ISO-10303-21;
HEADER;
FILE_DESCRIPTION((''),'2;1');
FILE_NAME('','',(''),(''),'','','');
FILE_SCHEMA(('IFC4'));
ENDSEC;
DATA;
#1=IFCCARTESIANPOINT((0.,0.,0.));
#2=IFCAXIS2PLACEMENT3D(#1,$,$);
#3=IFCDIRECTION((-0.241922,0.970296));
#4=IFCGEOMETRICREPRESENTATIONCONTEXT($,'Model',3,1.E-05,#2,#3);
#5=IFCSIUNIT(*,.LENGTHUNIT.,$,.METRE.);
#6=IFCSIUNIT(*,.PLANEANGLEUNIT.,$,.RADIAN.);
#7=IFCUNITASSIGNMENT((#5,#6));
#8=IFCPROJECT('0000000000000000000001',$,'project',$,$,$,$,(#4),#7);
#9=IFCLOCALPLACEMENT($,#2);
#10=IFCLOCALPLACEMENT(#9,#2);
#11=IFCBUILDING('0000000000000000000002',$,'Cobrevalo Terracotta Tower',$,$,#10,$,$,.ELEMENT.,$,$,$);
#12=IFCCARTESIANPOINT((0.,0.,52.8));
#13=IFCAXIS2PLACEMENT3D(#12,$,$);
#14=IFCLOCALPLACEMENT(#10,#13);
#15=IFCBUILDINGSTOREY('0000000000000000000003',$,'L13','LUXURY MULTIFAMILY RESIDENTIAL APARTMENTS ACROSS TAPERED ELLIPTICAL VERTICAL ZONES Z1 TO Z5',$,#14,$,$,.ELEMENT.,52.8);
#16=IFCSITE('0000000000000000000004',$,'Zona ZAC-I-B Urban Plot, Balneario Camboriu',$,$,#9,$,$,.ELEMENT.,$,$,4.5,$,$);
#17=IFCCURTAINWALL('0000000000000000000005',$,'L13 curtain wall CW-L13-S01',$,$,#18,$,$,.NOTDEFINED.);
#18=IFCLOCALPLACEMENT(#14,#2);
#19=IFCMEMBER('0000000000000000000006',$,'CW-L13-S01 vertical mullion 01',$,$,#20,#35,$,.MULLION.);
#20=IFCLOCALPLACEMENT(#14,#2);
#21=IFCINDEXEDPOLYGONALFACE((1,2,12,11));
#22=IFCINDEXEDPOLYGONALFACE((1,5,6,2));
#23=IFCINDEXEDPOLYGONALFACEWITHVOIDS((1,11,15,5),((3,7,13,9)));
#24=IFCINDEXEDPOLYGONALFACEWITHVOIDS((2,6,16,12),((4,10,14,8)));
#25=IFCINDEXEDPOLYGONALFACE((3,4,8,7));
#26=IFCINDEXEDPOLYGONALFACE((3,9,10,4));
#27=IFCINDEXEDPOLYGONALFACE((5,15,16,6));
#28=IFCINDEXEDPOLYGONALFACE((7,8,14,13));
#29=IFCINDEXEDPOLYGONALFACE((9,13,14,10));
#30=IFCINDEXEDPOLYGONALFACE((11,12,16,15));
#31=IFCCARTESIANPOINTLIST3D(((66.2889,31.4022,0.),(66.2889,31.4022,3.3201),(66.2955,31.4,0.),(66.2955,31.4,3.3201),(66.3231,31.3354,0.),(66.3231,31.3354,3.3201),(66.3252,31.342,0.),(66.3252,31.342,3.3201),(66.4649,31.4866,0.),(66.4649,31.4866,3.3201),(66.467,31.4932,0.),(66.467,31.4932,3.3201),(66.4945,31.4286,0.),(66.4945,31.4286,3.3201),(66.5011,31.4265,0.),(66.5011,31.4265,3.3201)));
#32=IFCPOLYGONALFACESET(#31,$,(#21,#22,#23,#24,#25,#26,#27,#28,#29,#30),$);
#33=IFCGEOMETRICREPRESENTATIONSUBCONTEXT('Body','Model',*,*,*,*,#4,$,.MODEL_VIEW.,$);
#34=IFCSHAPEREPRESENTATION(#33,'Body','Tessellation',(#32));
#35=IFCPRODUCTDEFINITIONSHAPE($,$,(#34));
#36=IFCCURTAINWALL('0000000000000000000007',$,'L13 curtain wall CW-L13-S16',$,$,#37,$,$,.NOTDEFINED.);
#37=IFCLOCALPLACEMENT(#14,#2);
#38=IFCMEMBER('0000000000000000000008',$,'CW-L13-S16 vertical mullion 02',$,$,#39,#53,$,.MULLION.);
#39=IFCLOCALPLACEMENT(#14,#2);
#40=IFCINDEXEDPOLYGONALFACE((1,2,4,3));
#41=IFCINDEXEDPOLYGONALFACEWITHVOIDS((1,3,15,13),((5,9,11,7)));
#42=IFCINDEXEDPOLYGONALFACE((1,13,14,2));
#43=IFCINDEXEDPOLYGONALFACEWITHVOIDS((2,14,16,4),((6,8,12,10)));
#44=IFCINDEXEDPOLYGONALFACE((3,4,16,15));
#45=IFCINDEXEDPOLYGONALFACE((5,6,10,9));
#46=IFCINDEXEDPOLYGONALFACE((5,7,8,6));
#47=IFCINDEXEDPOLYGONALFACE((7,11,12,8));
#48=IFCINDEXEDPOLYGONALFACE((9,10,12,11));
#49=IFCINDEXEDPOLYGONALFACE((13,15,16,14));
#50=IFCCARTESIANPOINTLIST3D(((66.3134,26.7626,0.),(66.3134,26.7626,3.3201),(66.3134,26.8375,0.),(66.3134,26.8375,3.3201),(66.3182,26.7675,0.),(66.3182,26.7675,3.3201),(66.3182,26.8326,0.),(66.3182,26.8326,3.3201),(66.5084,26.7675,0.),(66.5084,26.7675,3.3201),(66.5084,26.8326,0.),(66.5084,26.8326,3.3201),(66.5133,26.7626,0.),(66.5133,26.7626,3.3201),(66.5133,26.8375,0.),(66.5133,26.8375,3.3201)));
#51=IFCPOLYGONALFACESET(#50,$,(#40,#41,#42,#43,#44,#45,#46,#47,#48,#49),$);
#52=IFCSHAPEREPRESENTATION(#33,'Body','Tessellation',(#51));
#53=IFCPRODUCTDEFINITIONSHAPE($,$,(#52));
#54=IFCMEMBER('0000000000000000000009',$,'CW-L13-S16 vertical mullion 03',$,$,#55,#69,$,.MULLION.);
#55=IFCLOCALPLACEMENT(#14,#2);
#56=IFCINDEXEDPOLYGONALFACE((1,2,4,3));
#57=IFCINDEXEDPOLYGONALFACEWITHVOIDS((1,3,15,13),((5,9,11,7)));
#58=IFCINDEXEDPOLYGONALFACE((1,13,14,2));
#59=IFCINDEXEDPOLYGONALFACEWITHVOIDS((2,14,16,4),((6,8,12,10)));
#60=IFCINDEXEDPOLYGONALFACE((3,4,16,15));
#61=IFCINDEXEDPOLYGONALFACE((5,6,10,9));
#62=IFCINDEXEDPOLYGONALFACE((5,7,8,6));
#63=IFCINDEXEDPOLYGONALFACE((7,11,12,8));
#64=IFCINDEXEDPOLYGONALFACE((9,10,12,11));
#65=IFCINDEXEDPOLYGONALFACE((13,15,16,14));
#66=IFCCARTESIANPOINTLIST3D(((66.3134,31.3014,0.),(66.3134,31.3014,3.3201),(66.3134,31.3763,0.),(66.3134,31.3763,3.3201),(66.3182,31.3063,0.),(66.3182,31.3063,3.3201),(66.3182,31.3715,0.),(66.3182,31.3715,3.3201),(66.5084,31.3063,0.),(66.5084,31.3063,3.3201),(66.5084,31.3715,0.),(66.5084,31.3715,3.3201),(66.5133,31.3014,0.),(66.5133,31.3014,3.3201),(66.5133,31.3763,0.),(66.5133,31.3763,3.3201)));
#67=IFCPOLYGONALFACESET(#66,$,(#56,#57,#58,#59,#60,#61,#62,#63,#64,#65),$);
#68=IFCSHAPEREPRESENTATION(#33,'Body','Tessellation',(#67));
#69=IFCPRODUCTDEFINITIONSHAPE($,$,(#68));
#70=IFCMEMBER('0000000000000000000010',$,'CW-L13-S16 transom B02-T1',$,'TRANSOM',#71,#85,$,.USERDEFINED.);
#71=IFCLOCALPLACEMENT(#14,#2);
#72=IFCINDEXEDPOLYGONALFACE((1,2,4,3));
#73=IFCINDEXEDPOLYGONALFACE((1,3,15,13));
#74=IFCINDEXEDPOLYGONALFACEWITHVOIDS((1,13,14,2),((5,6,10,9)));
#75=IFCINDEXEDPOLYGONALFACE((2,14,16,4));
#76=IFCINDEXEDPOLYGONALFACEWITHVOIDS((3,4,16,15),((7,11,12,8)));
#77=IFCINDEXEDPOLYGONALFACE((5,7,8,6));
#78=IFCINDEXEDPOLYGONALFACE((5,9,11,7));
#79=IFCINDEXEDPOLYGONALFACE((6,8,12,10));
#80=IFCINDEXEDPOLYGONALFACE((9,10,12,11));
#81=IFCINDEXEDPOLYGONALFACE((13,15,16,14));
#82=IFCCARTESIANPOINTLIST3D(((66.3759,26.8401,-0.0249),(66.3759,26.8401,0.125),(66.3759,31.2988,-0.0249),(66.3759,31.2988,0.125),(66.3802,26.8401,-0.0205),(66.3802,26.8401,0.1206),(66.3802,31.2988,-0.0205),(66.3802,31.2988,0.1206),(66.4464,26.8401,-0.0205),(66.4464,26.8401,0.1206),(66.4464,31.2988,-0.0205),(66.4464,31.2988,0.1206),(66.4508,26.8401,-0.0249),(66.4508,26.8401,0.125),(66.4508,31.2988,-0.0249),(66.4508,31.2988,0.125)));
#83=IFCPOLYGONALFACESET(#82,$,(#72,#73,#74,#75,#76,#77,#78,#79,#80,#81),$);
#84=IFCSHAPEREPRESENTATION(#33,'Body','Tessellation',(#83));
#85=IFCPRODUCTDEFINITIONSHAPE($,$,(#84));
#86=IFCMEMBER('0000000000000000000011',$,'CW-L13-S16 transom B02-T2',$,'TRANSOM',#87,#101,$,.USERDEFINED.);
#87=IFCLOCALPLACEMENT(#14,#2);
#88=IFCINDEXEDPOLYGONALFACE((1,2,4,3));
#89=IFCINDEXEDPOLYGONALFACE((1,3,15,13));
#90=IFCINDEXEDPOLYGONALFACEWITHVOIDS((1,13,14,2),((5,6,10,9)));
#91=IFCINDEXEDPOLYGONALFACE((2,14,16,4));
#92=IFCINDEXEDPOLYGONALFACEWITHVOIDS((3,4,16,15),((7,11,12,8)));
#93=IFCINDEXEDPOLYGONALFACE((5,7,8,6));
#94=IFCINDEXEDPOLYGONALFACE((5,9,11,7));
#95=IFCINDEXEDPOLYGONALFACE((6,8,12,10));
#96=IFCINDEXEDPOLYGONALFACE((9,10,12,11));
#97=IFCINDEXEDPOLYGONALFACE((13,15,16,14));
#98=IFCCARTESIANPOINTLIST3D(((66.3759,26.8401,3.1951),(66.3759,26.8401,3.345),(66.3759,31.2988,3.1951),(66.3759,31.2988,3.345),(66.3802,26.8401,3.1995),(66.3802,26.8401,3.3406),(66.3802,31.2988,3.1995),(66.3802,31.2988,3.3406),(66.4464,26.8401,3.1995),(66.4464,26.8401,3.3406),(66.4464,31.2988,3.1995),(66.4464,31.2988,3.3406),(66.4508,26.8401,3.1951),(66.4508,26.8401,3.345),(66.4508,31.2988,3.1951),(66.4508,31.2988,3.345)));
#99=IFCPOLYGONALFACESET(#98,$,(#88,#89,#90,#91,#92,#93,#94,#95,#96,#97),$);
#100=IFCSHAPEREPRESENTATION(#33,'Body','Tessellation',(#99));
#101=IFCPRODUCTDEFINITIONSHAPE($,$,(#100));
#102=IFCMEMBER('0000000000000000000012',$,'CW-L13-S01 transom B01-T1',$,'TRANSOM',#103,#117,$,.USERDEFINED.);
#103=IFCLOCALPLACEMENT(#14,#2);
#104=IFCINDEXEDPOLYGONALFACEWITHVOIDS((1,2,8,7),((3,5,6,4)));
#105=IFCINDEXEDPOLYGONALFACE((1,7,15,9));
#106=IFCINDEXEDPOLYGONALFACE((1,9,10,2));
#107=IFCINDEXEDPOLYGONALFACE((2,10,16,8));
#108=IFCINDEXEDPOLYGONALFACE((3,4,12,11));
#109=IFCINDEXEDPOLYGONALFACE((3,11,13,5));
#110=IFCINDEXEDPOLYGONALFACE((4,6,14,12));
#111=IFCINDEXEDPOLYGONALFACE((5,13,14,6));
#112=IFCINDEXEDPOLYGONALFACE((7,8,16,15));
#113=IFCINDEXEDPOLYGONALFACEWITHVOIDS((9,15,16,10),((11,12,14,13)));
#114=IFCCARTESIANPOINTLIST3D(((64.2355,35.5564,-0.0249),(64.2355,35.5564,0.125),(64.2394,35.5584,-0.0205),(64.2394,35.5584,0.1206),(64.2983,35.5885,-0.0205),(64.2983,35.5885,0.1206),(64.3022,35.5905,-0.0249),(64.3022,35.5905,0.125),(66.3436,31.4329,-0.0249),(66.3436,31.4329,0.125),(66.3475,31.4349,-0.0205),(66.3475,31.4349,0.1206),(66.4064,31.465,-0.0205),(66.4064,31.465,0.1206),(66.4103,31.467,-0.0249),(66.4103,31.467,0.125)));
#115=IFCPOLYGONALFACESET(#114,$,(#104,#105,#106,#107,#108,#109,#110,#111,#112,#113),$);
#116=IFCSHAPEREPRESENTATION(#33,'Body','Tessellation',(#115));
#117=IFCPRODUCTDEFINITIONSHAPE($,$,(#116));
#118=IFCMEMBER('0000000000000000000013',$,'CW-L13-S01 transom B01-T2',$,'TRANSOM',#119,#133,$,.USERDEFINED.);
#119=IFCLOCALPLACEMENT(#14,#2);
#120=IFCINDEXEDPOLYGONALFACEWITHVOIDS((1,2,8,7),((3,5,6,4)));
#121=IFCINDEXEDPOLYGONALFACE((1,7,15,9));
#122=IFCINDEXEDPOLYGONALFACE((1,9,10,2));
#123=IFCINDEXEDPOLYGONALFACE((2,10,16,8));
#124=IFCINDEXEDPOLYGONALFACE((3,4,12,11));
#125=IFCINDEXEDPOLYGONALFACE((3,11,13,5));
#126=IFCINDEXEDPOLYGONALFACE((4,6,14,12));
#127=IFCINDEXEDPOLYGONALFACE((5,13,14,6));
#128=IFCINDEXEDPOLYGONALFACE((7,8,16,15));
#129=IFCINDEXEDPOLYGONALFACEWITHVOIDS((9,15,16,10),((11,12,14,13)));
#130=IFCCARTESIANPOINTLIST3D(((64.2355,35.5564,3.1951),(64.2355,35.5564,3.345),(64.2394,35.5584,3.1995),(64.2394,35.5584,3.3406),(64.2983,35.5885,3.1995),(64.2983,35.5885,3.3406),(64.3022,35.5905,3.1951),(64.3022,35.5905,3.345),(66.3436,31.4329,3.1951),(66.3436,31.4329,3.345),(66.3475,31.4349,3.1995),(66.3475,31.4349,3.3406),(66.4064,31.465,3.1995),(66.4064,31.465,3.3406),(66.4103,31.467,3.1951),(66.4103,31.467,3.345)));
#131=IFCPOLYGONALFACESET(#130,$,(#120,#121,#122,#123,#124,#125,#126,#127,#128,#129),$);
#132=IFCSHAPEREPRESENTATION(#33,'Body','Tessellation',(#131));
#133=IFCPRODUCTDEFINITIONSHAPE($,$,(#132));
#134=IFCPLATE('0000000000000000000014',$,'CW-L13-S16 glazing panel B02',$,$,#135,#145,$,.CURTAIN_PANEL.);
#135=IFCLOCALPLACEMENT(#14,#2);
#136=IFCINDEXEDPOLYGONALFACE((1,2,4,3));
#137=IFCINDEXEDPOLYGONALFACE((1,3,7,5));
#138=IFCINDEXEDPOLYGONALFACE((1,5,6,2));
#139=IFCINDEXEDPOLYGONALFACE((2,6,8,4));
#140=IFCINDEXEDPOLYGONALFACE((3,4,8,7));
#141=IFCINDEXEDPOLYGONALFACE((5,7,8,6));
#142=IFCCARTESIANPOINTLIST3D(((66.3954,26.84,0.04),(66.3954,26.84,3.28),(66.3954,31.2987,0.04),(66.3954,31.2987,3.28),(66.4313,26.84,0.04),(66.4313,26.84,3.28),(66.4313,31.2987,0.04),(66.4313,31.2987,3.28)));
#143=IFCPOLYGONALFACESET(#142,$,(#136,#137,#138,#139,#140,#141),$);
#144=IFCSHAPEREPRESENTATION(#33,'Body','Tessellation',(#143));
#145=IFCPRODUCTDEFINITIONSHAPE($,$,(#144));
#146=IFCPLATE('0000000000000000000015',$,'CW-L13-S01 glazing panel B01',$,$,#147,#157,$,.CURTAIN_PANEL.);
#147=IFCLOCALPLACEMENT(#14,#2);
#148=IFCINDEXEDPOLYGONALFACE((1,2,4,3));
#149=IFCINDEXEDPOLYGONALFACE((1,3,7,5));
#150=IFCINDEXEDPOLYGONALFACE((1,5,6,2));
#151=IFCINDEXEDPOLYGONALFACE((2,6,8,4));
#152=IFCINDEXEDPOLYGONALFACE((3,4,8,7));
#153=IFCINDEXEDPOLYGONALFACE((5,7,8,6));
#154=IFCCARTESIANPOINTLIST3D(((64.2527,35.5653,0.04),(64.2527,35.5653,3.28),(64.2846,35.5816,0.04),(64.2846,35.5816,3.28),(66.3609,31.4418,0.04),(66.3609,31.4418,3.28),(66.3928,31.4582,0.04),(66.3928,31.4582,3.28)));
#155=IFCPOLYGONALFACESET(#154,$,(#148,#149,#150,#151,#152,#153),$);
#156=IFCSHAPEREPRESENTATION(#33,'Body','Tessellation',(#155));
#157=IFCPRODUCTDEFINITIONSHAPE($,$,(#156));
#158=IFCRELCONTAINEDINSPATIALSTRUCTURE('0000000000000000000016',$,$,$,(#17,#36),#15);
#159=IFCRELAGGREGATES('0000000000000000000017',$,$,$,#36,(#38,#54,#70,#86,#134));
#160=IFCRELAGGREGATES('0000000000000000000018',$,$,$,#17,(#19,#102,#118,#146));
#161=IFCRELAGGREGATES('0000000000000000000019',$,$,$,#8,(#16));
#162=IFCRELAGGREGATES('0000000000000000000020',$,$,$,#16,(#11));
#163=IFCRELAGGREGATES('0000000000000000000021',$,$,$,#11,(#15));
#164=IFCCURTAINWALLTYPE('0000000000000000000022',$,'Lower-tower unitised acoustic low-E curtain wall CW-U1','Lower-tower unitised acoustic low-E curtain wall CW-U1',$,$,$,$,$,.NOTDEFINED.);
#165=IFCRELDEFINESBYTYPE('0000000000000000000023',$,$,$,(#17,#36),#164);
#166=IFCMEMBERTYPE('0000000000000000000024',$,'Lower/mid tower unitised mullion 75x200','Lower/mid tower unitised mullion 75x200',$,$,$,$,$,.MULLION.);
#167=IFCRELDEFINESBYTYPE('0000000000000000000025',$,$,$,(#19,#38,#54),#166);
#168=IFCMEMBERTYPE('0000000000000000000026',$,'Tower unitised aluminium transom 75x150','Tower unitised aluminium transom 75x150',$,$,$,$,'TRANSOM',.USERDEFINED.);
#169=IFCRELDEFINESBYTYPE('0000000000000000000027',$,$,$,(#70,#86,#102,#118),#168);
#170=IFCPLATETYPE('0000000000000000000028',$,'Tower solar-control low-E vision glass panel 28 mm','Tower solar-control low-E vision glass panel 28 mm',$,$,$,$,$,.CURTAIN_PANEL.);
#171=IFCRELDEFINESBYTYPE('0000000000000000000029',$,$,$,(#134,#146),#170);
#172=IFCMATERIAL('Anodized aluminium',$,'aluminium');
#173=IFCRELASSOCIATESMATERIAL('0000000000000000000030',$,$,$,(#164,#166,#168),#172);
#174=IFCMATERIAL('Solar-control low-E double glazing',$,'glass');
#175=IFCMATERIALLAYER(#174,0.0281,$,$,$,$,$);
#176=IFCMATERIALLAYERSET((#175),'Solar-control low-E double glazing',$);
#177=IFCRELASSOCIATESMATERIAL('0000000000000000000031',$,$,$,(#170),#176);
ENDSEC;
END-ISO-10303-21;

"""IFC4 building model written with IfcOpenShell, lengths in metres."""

from ifc_helpers import new_model, si_unit, direction, frame, origin, origin_2d, place, context, subcontext, project, spatial, rectangle, hollow_rectangle, extrude, source, transform, mapped, material, layer, layer_set, material_profile, profile_set, type_object, element, aggregate, save


model = new_model("IFC4")

# Units and contexts
model_context = context("Model", 3, precision=1e-05, world=origin(), true_north=direction((-0.241922, 0.970296)))
body_context = subcontext(model_context, "Body", "Model", "MODEL_VIEW")
ifc_project = project(units=[si_unit("LENGTHUNIT", "METRE"), si_unit("PLANEANGLEUNIT", "RADIAN")], contexts=[model_context])

# Site, building, storey
site_placement = place(None, origin())
site = spatial("IfcSite", under=ifc_project, at=site_placement, Name="Zona ZAC-I-B Urban Plot, Balneario Camboriu", CompositionType="ELEMENT", RefElevation=4.5)
building_placement = place(site_placement, origin())
building = spatial("IfcBuilding", under=site, at=building_placement, Name="Cobrevalo Terracotta Tower", CompositionType="ELEMENT")
storey_placement = place(building_placement, frame((0.0, 0.0, 52.8)))
storey = spatial("IfcBuildingStorey", under=building, at=storey_placement, Name="L13", Description="LUXURY MULTIFAMILY RESIDENTIAL APARTMENTS ACROSS TAPERED ELLIPTICAL VERTICAL ZONES Z1 TO Z5", CompositionType="ELEMENT", Elevation=52.8)

# Curtain wall, member
ifc_material_1 = material(Name="Anodized aluminium", Category="aluminium")
curtain_wall_type = type_object("IfcCurtainWallType", Name="Lower-tower unitised acoustic low-E curtain wall CW-U1", Description="Lower-tower unitised acoustic low-E curtain wall CW-U1", PredefinedType="NOTDEFINED", material=ifc_material_1)
curtain_wall_1_placement = place(storey_placement, origin())
curtain_wall_1 = element("IfcCurtainWall", 1, at=curtain_wall_1_placement, inside=storey, type_object=curtain_wall_type, Name="L13 curtain wall CW-L13-S01", PredefinedType="NOTDEFINED")
ifc_material_profile_1 = material_profile(ifc_material_1, hollow_rectangle(XDim=0.075, YDim=0.2, WallThickness=0.0049, at=origin_2d()), Name="CWM 75x200")
ifc_profile_set_1 = profile_set([ifc_material_profile_1], Name="Anodized aluminium")
member_type_1 = type_object("IfcMemberType", Name="Lower/mid tower unitised mullion 75x200", Description="Lower/mid tower unitised mullion 75x200", PredefinedType="MULLION", material=ifc_profile_set_1)
shared_shape_1 = source(origin(), body_context, "Body", "SweptSolid", [
    extrude(hollow_rectangle(XDim=0.075, YDim=0.2, WallThickness=0.0049, at=origin_2d()), origin(), (0.0, 0.0, 1.0), 3.3201),
])
member_1_placement = place(storey_placement, frame((66.395, 31.4143, 0.0), z_axis=(0.0, 0.0, 1.0), x_axis=(-0.455234, 0.890372, 0.0)))
member_1 = element("IfcMember", 2, at=member_1_placement, type_object=member_type_1, Name="CW-L13-S01 vertical mullion 01", PredefinedType="MULLION", context=body_context, shape_type="MappedRepresentation", body=[
    mapped(shared_shape_1, transform((0.0, 0.0, 0.0), scale=1.0)),
])

# Curtain wall, members
curtain_wall_2_placement = place(storey_placement, origin())
curtain_wall_2 = element("IfcCurtainWall", 3, at=curtain_wall_2_placement, inside=storey, type_object=curtain_wall_type, Name="L13 curtain wall CW-L13-S16", PredefinedType="NOTDEFINED")
member_2_placement = place(storey_placement, frame((66.4133, 26.8, 0.0), z_axis=(0.0, 0.0, 1.0), x_axis=(0.0, 1.0, 0.0)))
member_2 = element("IfcMember", 4, at=member_2_placement, type_object=member_type_1, Name="CW-L13-S16 vertical mullion 02", PredefinedType="MULLION", context=body_context, shape_type="MappedRepresentation", body=[
    mapped(shared_shape_1, transform((0.0, 0.0, 0.0), scale=1.0)),
])
member_3_placement = place(storey_placement, frame((66.4133, 31.3389, 0.0), z_axis=(0.0, 0.0, 1.0), x_axis=(0.0, 1.0, 0.0)))
member_3 = element("IfcMember", 5, at=member_3_placement, type_object=member_type_1, Name="CW-L13-S16 vertical mullion 03", PredefinedType="MULLION", context=body_context, shape_type="MappedRepresentation", body=[
    mapped(shared_shape_1, transform((0.0, 0.0, 0.0), scale=1.0)),
])
ifc_material_profile_2 = material_profile(ifc_material_1, hollow_rectangle(XDim=0.075, YDim=0.1499, WallThickness=0.0044, at=origin_2d()), Name="CWT 75x150")
ifc_profile_set_2 = profile_set([ifc_material_profile_2], Name="Anodized aluminium")
member_type_2 = type_object("IfcMemberType", Name="Tower unitised aluminium transom 75x150", Description="Tower unitised aluminium transom 75x150", ElementType="TRANSOM", PredefinedType="USERDEFINED", material=ifc_profile_set_2)
shared_shape_2 = source(origin(), body_context, "Body", "SweptSolid", [
    extrude(hollow_rectangle(XDim=0.075, YDim=0.1499, WallThickness=0.0044, at=origin_2d()), origin(), (0.0, 0.0, 1.0), 4.4587),
])
member_4_placement = place(storey_placement, frame((66.4133, 26.8401, 0.05), z_axis=(0.0, 1.0, 0.0), x_axis=(-1.0, 0.0, 0.0)))
member_4 = element("IfcMember", 6, at=member_4_placement, type_object=member_type_2, Name="CW-L13-S16 transom B02-T1", ObjectType="TRANSOM", PredefinedType="USERDEFINED", context=body_context, shape_type="MappedRepresentation", body=[
    mapped(shared_shape_2, transform((0.0, 0.0, 0.0), scale=1.0)),
])
member_5_placement = place(storey_placement, frame((66.4133, 26.8401, 3.27), z_axis=(0.0, 1.0, 0.0), x_axis=(-1.0, 0.0, 0.0)))
member_5 = element("IfcMember", 7, at=member_5_placement, type_object=member_type_2, Name="CW-L13-S16 transom B02-T2", ObjectType="TRANSOM", PredefinedType="USERDEFINED", context=body_context, shape_type="MappedRepresentation", body=[
    mapped(shared_shape_2, transform((0.0, 0.0, 0.0), scale=1.0)),
])

# Members
shared_shape_3 = source(origin(), body_context, "Body", "SweptSolid", [
    extrude(hollow_rectangle(XDim=0.075, YDim=0.1499, WallThickness=0.0044, at=origin_2d()), origin(), (0.0, 0.0, 1.0), 4.6311),
])
member_6_placement = place(storey_placement, frame((66.377, 31.45, 0.05), z_axis=(-0.455209, 0.890385, 0.0), x_axis=(-0.890385, -0.455209, 0.0)))
member_6 = element("IfcMember", 8, at=member_6_placement, type_object=member_type_2, Name="CW-L13-S01 transom B01-T1", ObjectType="TRANSOM", PredefinedType="USERDEFINED", context=body_context, shape_type="MappedRepresentation", body=[
    mapped(shared_shape_3, transform((0.0, 0.0, 0.0), scale=1.0)),
])
member_7_placement = place(storey_placement, frame((66.377, 31.45, 3.27), z_axis=(-0.455209, 0.890385, 0.0), x_axis=(-0.890385, -0.455209, 0.0)))
member_7 = element("IfcMember", 9, at=member_7_placement, type_object=member_type_2, Name="CW-L13-S01 transom B01-T2", ObjectType="TRANSOM", PredefinedType="USERDEFINED", context=body_context, shape_type="MappedRepresentation", body=[
    mapped(shared_shape_3, transform((0.0, 0.0, 0.0), scale=1.0)),
])

# Plates
ifc_material_2 = material(Name="Solar-control low-E double glazing", Category="glass")
ifc_layer_1 = layer(ifc_material_2, 0.0281)
ifc_layer_set_1 = layer_set([ifc_layer_1], Name="Solar-control low-E double glazing")
plate_type = type_object("IfcPlateType", Name="Tower solar-control low-E vision glass panel 28 mm", Description="Tower solar-control low-E vision glass panel 28 mm", PredefinedType="CURTAIN_PANEL", material=ifc_layer_set_1)
shared_shape_4 = source(origin(), body_context, "Body", "SweptSolid", [
    extrude(rectangle(XDim=4.4587, YDim=0.0359, at=origin_2d()), origin(), (0.0, 0.0, 1.0), 3.24),
])
plate_1_placement = place(storey_placement, frame((66.4133, 29.0693, 0.04), z_axis=(0.0, 0.0, 1.0), x_axis=(0.0, 1.0, 0.0)))
plate_1 = element("IfcPlate", 10, at=plate_1_placement, type_object=plate_type, Name="CW-L13-S16 glazing panel B02", PredefinedType="CURTAIN_PANEL", context=body_context, shape_type="MappedRepresentation", body=[
    mapped(shared_shape_4, transform((0.0, 0.0, 0.0), scale=1.0)),
])
aggregate(curtain_wall_2, [member_2, member_3, member_4, member_5, plate_1])
shared_shape_5 = source(origin(), body_context, "Body", "SweptSolid", [
    extrude(rectangle(XDim=4.6311, YDim=0.0359, at=origin_2d()), origin(), (0.0, 0.0, 1.0), 3.24),
])
plate_2_placement = place(storey_placement, frame((65.3228, 33.5117, 0.04), z_axis=(0.0, 0.0, 1.0), x_axis=(-0.455231, 0.890373, 0.0)))
plate_2 = element("IfcPlate", 11, at=plate_2_placement, type_object=plate_type, Name="CW-L13-S01 glazing panel B01", PredefinedType="CURTAIN_PANEL", context=body_context, shape_type="MappedRepresentation", body=[
    mapped(shared_shape_5, transform((0.0, 0.0, 0.0), scale=1.0)),
])
aggregate(curtain_wall_1, [member_1, member_6, member_7, plate_2])

save(model, "model.ifc")
